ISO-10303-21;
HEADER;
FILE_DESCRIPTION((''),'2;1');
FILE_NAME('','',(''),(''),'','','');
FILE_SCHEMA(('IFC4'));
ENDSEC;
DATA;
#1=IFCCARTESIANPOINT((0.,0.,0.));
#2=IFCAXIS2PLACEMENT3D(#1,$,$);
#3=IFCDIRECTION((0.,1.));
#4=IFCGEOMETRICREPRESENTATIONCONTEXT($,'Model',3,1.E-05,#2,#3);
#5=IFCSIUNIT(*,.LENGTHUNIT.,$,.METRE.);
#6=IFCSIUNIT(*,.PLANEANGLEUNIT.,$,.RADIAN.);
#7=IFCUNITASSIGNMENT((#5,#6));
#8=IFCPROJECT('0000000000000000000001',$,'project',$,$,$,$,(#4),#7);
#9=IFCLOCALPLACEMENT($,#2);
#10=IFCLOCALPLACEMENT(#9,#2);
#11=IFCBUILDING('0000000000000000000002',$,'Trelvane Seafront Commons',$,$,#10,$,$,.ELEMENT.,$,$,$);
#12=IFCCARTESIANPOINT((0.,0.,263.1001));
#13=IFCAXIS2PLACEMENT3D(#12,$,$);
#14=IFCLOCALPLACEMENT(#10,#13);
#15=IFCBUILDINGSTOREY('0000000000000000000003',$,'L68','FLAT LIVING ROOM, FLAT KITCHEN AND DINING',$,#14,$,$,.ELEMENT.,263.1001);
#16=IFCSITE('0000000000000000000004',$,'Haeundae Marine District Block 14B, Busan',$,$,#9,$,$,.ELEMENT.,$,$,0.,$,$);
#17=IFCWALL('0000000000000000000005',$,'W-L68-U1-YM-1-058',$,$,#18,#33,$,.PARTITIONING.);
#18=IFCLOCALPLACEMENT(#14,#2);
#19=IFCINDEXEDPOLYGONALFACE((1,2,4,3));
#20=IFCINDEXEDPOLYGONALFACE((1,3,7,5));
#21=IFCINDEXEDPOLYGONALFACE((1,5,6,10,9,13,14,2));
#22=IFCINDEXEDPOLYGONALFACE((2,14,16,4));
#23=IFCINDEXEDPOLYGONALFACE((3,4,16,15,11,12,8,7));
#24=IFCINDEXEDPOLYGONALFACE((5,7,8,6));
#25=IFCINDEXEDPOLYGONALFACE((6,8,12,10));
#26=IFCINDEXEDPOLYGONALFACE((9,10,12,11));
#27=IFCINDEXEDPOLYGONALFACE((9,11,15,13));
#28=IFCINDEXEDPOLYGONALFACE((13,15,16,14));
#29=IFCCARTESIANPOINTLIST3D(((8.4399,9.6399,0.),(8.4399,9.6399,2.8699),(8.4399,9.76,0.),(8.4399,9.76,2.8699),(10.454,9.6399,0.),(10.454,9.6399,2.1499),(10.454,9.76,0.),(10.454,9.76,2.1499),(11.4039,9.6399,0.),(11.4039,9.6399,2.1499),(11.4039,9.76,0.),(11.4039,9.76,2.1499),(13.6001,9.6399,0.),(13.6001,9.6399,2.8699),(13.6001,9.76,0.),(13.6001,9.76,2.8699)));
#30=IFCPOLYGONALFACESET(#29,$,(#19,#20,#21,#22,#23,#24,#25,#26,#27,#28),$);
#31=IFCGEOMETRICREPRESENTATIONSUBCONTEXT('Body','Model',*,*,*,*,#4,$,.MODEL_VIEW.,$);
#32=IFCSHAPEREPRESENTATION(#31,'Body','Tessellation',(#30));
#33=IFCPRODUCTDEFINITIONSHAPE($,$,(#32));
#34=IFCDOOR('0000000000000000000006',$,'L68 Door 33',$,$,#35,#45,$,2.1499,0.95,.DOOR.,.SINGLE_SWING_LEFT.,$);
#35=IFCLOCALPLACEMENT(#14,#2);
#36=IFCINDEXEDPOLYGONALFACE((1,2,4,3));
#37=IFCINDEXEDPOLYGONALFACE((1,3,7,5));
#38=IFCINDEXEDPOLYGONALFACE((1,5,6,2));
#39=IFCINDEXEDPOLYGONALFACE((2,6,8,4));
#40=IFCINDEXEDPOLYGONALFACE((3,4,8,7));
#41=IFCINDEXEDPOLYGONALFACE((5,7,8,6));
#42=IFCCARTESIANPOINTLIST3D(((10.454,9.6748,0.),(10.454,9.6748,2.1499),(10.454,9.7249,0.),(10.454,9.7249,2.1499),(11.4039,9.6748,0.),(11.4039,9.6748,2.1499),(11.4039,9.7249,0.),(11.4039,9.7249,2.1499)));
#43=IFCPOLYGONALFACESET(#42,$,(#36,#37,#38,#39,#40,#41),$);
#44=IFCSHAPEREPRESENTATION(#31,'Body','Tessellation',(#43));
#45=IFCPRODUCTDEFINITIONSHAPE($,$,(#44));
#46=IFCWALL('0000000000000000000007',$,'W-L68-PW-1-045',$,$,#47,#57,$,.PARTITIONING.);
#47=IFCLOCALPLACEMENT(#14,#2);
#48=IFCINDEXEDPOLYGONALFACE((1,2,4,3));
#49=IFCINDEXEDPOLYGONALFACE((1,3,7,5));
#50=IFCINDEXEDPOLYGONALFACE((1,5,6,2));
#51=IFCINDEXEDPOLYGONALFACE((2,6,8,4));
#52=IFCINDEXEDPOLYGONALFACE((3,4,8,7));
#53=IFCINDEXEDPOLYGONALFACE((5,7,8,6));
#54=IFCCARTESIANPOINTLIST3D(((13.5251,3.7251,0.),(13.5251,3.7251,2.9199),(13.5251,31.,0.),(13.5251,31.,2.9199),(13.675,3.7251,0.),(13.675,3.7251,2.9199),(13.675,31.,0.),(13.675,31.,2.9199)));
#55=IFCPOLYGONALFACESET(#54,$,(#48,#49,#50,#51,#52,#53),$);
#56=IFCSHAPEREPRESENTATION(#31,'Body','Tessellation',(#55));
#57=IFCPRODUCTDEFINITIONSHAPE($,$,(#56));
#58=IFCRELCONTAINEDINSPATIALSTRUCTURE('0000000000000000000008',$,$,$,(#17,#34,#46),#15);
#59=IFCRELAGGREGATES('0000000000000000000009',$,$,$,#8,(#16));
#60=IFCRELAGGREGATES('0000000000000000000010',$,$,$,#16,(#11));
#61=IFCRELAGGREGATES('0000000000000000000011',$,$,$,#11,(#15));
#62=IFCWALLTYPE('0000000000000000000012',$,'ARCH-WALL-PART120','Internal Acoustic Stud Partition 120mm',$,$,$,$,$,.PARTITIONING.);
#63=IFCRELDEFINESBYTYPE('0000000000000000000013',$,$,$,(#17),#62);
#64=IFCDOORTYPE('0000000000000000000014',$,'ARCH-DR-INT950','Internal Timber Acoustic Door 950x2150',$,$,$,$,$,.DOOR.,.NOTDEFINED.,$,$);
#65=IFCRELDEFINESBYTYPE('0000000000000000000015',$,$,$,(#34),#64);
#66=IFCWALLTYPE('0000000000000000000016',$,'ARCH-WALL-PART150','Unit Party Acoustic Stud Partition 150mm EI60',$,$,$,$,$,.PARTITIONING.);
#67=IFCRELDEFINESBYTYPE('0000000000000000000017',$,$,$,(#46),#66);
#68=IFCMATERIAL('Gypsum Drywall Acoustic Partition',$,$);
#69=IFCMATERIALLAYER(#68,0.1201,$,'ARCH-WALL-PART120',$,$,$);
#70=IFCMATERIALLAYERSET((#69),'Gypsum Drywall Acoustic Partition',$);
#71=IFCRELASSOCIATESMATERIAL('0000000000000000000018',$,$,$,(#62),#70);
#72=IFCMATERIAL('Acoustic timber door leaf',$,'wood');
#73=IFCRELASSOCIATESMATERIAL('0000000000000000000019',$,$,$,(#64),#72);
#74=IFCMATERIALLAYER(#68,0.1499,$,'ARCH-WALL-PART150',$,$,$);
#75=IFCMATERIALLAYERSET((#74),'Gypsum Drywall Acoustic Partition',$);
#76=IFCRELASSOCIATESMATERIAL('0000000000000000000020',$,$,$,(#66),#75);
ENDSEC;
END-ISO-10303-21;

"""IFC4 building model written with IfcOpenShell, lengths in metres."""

from ifc_helpers import new_model, si_unit, direction, frame, frame_2d, origin, place, context, subcontext, project, spatial, rectangle, extrude, source, transform, mapped, material, layer, layer_set, type_object, element, fill, save


model = new_model("IFC4")

# Units and contexts
model_context = context("Model", 3, precision=1e-05, world=origin(), true_north=direction((0.0, 1.0)))
body_context = subcontext(model_context, "Body", "Model", "MODEL_VIEW")
ifc_project = project(units=[si_unit("LENGTHUNIT", "METRE"), si_unit("PLANEANGLEUNIT", "RADIAN")], contexts=[model_context])

# Site, building, storey
site_placement = place(None, origin())
site = spatial("IfcSite", under=ifc_project, at=site_placement, Name="Haeundae Marine District Block 14B, Busan", CompositionType="ELEMENT", RefElevation=0.0)
building_placement = place(site_placement, origin())
building = spatial("IfcBuilding", under=site, at=building_placement, Name="Trelvane Seafront Commons", CompositionType="ELEMENT")
storey_placement = place(building_placement, frame((0.0, 0.0, 263.1001)))
storey = spatial("IfcBuildingStorey", under=building, at=storey_placement, Name="L68", Description="FLAT LIVING ROOM, FLAT KITCHEN AND DINING", CompositionType="ELEMENT", Elevation=263.1001)

# Wall, opening, door
ifc_material_1 = material(Name="Gypsum Drywall Acoustic Partition")
ifc_layer_1 = layer(ifc_material_1, 0.1201, Name="ARCH-WALL-PART120")
ifc_layer_set_1 = layer_set([ifc_layer_1], Name="Gypsum Drywall Acoustic Partition")
wall_type_1 = type_object("IfcWallType", Name="ARCH-WALL-PART120", Description="Internal Acoustic Stud Partition 120mm", PredefinedType="PARTITIONING", material=ifc_layer_set_1)
wall_1_placement = place(storey_placement, frame((8.4399, 9.7, 0.0), z_axis=(0.0, 0.0, 1.0), x_axis=(1.0, 0.0, 0.0)))
wall_1 = element("IfcWall", 1, at=wall_1_placement, inside=storey, type_object=wall_type_1, Name="W-L68-U1-YM-1-058", PredefinedType="PARTITIONING", context=body_context, shape_type="SweptSolid", body=[
    extrude(rectangle(XDim=5.1602, YDim=0.1201, at=frame_2d((2.5801, 0.0))), origin(), (0.0, 0.0, 1.0), 2.8699),
])
opening_1_placement = place(wall_1_placement, frame((2.0139, 0.0, 0.0)))
opening_1 = element("IfcOpeningElement", 2, at=opening_1_placement, cuts=wall_1, PredefinedType="OPENING", context=body_context, shape_type="SweptSolid", body=[
    extrude(rectangle(XDim=0.95, YDim=2.1499, at=frame_2d((0.4751, 1.075))), frame((0.0, 0.0701, 0.0), z_axis=(0.0, -1.0, 0.0), x_axis=(1.0, 0.0, 0.0)), (0.0, 0.0, 1.0), 0.1401),
])
ifc_material_2 = material(Name="Acoustic timber door leaf", Category="wood")
door_type = type_object("IfcDoorType", Name="ARCH-DR-INT950", Description="Internal Timber Acoustic Door 950x2150", OperationType="NOTDEFINED", PredefinedType="DOOR", material=ifc_material_2)
shared_shape_1 = source(origin(), body_context, "Body", "SweptSolid", [
    extrude(rectangle(XDim=0.95, YDim=2.1499, at=frame_2d((0.4751, 1.075))), frame((0.0, 0.0249, 0.0), z_axis=(0.0, -1.0, 0.0), x_axis=(1.0, 0.0, 0.0)), (0.0, 0.0, 1.0), 0.05),
])
door_placement = place(opening_1_placement, origin())
door = element("IfcDoor", 3, at=door_placement, inside=storey, type_object=door_type, Name="L68 Door 33", OperationType="SINGLE_SWING_LEFT", OverallHeight=2.1499, OverallWidth=0.95, PredefinedType="DOOR", context=body_context, shape_type="MappedRepresentation", body=[
    mapped(shared_shape_1, transform((0.0, 0.0, 0.0), x_axis=(1.0, 0.0, 0.0), y_axis=(0.0, 1.0, 0.0), z_axis=(0.0, 0.0, 1.0), scale=1.0)),
])
fill(opening_1, door)

# Wall
ifc_layer_2 = layer(ifc_material_1, 0.1499, Name="ARCH-WALL-PART150")
ifc_layer_set_2 = layer_set([ifc_layer_2], Name="Gypsum Drywall Acoustic Partition")
wall_type_2 = type_object("IfcWallType", Name="ARCH-WALL-PART150", Description="Unit Party Acoustic Stud Partition 150mm EI60", PredefinedType="PARTITIONING", material=ifc_layer_set_2)
wall_2_placement = place(storey_placement, frame((13.6001, 3.7251, 0.0), z_axis=(0.0, 0.0, 1.0), x_axis=(0.0, 1.0, 0.0)))
element("IfcWall", 4, at=wall_2_placement, inside=storey, type_object=wall_type_2, Name="W-L68-PW-1-045", PredefinedType="PARTITIONING", context=body_context, shape_type="SweptSolid", body=[
    extrude(rectangle(XDim=27.2749, YDim=0.1499, at=frame_2d((13.6375, 0.0))), origin(), (0.0, 0.0, 1.0), 2.9199),
])

save(model, "model.ifc")
